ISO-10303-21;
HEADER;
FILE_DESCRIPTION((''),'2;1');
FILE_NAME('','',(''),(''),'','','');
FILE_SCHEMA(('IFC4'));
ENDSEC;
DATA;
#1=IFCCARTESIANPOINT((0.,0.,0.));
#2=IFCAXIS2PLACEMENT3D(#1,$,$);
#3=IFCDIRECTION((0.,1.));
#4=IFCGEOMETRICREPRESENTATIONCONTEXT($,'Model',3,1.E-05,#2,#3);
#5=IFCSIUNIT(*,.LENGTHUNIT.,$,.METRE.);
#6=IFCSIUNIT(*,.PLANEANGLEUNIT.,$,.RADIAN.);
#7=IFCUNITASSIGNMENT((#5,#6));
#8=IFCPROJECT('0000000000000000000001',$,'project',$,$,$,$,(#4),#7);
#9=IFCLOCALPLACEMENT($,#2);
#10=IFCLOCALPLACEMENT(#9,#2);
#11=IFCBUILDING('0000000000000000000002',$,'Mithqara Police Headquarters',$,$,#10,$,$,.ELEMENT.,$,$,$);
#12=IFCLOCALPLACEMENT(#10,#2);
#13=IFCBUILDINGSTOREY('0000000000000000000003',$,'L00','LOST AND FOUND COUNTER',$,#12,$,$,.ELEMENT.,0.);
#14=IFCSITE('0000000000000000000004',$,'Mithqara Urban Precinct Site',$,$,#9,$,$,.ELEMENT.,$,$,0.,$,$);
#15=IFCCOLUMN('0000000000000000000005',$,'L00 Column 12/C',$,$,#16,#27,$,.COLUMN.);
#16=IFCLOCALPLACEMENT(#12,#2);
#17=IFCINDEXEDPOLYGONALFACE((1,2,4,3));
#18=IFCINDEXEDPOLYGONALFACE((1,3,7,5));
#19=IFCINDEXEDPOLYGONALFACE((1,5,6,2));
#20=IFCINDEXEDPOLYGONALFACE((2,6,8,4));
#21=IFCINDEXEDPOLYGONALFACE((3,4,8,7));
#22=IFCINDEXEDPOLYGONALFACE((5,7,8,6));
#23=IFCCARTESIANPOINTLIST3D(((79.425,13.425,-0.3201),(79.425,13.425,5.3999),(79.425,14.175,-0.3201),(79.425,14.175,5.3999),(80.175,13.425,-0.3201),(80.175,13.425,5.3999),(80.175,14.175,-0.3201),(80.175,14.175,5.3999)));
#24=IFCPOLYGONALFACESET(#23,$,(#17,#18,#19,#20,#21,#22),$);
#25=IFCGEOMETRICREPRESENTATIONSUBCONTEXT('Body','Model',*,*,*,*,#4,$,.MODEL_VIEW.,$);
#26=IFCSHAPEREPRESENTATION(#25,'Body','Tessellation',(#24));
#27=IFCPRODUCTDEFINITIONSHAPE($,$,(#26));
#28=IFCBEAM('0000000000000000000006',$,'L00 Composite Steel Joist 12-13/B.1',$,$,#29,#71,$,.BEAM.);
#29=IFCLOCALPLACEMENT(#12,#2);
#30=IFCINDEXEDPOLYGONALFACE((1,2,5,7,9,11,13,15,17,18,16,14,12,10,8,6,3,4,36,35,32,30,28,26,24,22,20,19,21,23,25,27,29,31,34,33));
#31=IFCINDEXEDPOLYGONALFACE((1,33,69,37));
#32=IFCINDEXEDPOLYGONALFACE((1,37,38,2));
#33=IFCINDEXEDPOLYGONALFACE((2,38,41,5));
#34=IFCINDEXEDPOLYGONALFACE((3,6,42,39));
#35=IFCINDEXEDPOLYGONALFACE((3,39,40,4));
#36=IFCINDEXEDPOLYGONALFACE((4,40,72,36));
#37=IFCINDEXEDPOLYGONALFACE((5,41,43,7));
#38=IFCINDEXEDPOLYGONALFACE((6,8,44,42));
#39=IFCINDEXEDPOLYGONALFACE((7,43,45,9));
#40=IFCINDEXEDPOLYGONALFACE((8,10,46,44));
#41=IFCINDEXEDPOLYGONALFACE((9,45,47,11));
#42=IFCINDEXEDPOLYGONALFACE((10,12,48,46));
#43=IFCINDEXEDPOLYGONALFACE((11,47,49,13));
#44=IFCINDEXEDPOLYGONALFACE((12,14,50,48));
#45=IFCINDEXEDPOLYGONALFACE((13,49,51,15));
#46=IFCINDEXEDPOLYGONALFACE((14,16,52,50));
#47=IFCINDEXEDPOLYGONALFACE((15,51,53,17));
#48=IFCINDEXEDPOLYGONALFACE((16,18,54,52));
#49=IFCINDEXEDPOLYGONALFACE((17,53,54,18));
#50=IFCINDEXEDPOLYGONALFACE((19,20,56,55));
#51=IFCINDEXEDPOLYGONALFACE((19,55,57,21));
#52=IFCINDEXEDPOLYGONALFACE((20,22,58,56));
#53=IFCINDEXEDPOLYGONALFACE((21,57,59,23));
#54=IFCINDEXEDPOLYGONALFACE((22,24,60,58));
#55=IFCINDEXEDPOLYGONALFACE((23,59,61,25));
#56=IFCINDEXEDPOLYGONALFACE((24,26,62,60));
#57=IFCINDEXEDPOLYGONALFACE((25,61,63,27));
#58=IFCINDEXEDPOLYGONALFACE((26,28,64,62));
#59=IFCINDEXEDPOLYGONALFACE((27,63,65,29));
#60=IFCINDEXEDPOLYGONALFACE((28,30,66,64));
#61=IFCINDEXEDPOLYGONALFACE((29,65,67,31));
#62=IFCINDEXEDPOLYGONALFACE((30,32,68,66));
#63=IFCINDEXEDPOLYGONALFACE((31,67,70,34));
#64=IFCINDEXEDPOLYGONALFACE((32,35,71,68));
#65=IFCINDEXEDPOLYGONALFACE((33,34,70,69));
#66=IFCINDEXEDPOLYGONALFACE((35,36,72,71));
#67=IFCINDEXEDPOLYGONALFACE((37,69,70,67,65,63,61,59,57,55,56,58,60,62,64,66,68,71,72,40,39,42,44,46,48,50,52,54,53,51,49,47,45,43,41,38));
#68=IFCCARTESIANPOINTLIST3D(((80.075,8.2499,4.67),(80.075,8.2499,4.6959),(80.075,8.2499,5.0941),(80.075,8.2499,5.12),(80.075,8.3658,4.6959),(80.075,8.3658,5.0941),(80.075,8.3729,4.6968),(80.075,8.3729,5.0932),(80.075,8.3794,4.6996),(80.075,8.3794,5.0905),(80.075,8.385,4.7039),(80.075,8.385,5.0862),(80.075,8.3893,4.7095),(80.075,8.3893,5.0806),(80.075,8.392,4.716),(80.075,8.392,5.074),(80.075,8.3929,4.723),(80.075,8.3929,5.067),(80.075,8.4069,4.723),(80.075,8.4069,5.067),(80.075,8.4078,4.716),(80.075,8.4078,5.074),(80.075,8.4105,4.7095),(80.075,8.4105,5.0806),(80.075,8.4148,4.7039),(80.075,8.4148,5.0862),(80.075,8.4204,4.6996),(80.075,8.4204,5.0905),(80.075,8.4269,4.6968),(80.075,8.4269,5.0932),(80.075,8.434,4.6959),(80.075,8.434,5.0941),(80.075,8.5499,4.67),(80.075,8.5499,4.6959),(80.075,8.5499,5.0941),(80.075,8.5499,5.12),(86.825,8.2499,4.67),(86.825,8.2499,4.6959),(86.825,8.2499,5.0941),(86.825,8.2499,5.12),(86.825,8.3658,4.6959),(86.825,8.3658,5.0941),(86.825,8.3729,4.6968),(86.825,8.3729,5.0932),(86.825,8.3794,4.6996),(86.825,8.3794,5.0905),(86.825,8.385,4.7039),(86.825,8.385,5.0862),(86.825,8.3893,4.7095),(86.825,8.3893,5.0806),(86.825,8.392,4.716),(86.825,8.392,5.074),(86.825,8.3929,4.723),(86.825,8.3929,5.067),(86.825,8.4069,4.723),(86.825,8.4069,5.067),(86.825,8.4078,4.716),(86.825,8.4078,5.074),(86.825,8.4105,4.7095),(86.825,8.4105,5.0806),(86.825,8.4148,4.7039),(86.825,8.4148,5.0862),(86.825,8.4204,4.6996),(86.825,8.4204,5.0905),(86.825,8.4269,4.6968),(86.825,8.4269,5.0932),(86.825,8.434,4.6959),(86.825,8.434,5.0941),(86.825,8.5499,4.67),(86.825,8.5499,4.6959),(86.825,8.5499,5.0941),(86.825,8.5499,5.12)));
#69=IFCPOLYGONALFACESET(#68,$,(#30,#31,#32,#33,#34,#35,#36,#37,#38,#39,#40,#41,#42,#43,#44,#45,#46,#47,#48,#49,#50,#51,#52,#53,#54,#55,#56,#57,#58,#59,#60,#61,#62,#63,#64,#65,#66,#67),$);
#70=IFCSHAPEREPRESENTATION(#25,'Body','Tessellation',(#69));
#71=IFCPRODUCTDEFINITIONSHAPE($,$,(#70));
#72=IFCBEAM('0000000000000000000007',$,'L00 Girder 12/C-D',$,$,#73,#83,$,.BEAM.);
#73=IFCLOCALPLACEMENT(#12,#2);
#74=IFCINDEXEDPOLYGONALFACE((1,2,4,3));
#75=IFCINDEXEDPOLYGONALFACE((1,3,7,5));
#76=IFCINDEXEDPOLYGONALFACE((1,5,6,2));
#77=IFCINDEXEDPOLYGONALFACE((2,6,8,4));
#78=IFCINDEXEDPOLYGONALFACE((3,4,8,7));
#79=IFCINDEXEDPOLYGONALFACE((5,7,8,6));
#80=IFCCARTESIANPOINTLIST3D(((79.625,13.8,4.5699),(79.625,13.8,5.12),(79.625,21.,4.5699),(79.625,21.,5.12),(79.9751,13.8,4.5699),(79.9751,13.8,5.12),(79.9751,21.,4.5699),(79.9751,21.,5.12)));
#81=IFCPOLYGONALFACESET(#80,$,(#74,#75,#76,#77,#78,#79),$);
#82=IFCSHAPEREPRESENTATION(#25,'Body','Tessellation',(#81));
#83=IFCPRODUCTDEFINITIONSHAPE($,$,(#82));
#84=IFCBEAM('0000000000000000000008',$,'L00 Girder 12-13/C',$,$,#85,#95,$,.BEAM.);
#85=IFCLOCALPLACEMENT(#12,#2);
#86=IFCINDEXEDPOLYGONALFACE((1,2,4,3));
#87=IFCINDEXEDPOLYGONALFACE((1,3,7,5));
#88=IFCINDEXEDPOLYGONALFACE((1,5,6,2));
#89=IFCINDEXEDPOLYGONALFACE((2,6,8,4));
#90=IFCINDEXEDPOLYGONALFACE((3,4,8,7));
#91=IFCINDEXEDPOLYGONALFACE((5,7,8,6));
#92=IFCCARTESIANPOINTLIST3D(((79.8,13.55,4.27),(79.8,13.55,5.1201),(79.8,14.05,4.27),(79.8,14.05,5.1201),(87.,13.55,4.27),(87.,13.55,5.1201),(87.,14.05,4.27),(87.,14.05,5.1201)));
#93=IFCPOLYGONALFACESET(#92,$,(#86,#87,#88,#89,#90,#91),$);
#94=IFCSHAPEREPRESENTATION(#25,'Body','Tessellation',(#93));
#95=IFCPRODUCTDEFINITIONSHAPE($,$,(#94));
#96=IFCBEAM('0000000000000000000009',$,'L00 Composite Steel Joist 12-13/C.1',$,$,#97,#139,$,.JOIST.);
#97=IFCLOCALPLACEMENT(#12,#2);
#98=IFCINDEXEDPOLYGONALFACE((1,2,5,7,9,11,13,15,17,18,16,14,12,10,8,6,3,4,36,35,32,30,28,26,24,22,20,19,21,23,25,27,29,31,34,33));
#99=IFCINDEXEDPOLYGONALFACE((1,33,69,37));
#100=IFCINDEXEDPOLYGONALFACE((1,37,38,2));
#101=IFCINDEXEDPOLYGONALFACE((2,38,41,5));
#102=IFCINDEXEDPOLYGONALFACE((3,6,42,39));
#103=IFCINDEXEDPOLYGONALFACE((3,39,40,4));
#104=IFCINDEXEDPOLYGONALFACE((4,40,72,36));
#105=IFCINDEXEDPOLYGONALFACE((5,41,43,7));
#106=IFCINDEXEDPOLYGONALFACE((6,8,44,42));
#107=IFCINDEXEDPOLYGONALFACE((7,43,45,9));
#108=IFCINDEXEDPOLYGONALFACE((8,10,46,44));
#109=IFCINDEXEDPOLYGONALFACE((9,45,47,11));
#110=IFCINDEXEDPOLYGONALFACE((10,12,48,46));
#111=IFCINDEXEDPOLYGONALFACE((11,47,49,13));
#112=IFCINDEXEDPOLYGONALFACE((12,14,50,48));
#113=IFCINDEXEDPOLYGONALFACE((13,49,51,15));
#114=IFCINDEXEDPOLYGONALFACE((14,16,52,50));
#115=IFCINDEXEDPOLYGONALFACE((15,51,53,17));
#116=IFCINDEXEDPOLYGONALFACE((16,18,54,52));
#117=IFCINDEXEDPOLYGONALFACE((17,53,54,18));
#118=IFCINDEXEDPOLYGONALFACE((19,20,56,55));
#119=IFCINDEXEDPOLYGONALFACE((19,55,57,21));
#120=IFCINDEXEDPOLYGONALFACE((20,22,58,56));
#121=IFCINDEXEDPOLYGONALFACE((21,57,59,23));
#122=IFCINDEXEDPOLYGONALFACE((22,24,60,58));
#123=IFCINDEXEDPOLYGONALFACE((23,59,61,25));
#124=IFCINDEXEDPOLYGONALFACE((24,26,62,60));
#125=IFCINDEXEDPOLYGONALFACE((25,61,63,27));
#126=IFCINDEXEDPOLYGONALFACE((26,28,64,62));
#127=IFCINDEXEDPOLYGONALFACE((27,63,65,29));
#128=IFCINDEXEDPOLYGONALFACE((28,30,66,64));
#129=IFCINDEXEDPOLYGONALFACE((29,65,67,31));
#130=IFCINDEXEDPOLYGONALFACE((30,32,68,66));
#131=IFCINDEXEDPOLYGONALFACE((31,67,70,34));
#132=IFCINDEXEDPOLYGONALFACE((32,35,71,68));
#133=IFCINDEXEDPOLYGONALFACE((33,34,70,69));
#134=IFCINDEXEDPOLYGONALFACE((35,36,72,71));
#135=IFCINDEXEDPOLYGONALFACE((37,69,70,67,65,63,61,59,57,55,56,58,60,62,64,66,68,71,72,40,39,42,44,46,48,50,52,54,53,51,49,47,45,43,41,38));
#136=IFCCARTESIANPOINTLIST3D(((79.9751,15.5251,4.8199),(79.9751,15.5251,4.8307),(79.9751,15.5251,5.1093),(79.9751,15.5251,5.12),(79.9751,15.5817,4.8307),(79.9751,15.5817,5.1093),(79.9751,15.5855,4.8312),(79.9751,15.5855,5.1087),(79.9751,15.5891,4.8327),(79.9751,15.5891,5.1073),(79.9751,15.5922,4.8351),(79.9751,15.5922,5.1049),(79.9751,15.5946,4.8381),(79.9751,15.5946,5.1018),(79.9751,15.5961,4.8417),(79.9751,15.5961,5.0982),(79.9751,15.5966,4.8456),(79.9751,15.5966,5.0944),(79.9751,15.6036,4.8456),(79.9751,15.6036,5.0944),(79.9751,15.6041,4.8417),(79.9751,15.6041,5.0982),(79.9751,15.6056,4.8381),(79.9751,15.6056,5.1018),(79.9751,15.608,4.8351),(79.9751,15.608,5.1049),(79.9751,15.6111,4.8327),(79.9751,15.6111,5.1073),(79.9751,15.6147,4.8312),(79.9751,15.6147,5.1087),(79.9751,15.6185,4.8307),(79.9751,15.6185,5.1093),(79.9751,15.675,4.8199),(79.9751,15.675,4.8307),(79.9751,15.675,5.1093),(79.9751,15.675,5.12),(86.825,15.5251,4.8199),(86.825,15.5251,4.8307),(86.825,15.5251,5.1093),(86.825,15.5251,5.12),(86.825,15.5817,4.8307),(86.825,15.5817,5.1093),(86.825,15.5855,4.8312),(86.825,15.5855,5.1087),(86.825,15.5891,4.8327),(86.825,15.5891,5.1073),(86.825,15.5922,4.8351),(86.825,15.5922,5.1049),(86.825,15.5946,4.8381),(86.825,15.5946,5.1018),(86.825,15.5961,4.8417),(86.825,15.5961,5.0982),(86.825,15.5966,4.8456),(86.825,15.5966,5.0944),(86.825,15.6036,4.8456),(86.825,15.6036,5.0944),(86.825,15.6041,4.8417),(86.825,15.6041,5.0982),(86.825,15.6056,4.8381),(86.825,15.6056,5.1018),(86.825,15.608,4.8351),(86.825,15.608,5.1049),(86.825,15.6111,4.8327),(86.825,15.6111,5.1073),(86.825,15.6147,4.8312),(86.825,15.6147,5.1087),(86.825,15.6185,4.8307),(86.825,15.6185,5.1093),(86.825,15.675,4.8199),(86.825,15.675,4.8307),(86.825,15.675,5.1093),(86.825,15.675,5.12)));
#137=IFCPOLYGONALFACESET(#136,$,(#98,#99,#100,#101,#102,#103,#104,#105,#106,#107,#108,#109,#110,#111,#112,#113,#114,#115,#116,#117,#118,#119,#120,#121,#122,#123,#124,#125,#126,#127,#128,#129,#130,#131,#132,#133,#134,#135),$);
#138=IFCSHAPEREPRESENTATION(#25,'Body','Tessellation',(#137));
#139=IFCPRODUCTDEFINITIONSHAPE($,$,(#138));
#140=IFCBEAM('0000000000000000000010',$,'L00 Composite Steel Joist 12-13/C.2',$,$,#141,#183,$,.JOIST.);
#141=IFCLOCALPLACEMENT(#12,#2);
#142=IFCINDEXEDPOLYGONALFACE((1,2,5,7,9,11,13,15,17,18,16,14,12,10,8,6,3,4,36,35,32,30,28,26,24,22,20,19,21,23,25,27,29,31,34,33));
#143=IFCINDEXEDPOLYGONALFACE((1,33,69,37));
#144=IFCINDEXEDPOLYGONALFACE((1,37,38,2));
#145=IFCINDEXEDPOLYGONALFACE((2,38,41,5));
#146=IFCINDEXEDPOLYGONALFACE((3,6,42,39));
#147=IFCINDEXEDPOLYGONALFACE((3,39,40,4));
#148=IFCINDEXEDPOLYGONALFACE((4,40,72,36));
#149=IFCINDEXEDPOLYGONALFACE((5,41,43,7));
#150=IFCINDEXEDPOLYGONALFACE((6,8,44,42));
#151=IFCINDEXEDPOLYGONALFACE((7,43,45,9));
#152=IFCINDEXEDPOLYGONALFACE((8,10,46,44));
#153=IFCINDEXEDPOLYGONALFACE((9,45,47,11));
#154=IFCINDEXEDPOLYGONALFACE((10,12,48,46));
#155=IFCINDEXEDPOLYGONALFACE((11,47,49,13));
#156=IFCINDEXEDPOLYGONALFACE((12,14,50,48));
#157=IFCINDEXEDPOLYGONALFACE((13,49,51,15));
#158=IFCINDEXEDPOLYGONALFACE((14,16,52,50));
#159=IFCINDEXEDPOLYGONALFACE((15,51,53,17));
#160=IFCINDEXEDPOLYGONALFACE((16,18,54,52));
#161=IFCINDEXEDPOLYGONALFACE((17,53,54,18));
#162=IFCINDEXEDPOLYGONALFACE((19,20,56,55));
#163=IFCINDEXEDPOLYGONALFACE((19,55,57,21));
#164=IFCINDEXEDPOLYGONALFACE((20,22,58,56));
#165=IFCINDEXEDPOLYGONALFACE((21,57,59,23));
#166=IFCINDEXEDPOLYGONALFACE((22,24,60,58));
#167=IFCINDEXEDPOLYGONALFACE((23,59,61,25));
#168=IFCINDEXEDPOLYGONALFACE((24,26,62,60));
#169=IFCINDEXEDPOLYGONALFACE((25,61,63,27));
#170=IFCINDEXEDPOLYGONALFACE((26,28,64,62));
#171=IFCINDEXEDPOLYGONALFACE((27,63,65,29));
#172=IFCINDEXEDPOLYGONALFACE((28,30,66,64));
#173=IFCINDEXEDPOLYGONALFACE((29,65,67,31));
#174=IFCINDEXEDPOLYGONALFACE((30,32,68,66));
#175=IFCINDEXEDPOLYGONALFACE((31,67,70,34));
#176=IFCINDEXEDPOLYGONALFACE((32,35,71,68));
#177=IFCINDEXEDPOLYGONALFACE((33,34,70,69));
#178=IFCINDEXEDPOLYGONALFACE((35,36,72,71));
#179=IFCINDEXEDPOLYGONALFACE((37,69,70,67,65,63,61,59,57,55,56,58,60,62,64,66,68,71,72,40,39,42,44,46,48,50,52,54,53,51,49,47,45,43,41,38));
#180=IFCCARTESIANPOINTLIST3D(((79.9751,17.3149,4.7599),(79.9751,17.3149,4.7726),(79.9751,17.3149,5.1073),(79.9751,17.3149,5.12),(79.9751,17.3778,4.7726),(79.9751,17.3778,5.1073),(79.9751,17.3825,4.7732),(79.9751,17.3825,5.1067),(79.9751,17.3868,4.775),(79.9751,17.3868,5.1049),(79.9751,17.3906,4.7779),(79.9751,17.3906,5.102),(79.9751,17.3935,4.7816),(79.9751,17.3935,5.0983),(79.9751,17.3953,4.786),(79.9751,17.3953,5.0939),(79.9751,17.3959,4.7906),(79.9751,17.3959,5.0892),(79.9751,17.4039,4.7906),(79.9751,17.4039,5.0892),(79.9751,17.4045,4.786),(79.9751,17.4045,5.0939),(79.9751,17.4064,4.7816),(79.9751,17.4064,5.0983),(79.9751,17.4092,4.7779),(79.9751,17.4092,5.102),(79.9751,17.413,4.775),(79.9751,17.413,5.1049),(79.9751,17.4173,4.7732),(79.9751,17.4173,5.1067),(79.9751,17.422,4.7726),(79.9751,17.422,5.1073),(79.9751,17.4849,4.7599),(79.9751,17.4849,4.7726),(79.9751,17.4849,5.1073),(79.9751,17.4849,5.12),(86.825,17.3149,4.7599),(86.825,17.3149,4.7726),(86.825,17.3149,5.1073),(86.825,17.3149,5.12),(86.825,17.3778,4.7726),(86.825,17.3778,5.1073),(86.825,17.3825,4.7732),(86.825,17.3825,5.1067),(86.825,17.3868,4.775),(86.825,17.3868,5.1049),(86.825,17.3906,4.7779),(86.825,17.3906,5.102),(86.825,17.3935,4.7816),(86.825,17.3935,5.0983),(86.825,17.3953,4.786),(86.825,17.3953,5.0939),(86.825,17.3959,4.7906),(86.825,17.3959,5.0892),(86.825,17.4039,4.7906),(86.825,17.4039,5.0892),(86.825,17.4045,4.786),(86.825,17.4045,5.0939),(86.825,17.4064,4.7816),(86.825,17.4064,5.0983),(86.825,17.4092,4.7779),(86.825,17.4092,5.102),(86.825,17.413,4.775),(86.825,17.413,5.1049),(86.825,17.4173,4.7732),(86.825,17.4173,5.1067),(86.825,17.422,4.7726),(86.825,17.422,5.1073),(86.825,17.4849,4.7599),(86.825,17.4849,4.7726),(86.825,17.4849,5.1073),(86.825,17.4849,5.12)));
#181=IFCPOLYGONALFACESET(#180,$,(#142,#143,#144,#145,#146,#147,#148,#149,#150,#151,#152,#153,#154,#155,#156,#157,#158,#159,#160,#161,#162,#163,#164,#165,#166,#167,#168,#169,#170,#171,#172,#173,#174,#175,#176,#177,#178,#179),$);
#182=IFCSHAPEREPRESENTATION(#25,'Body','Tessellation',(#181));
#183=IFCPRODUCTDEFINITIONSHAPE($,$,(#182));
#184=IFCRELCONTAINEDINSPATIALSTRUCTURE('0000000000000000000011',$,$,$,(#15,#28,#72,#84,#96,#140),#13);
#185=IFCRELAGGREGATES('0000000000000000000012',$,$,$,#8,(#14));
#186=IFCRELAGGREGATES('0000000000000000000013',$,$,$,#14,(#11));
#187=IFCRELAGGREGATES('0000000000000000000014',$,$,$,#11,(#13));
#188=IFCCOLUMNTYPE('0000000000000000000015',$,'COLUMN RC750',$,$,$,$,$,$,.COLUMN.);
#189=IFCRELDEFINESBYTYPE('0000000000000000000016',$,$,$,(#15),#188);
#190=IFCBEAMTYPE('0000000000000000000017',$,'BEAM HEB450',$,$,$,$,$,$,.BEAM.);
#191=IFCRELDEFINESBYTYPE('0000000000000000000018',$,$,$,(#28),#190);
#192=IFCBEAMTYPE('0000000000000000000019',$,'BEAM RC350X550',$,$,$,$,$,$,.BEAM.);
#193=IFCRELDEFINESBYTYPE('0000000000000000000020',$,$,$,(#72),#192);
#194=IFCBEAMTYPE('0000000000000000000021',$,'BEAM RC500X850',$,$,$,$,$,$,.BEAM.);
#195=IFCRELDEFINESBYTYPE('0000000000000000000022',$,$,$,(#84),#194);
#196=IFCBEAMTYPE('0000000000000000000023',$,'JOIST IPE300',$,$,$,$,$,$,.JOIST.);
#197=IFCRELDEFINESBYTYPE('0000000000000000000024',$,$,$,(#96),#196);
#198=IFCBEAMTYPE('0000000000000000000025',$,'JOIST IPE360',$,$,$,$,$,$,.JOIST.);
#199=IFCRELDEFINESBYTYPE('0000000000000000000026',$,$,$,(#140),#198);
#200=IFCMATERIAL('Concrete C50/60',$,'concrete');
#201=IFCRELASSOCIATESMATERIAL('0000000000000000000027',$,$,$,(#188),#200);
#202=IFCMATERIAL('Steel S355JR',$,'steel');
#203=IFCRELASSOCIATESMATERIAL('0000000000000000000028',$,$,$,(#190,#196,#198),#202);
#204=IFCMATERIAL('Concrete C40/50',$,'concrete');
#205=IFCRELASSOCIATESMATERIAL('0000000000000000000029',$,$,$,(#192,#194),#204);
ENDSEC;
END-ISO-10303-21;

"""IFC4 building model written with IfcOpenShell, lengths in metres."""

from ifc_helpers import new_model, si_unit, direction, frame, origin, origin_2d, place, context, subcontext, project, spatial, rectangle, i_section, extrude, material, material_profile, profile_set, type_object, element, save


model = new_model("IFC4")

# Units and contexts
model_context = context("Model", 3, precision=1e-05, world=origin(), true_north=direction((0.0, 1.0)))
body_context = subcontext(model_context, "Body", "Model", "MODEL_VIEW")
ifc_project = project(units=[si_unit("LENGTHUNIT", "METRE"), si_unit("PLANEANGLEUNIT", "RADIAN")], contexts=[model_context])

# Site, building, storey
site_placement = place(None, origin())
site = spatial("IfcSite", under=ifc_project, at=site_placement, Name="Mithqara Urban Precinct Site", CompositionType="ELEMENT", RefElevation=0.0)
building_placement = place(site_placement, origin())
building = spatial("IfcBuilding", under=site, at=building_placement, Name="Mithqara Police Headquarters", CompositionType="ELEMENT")
storey_placement = place(building_placement, origin())
storey = spatial("IfcBuildingStorey", under=building, at=storey_placement, Name="L00", Description="LOST AND FOUND COUNTER", CompositionType="ELEMENT", Elevation=0.0)

# Shared definitions
ifc_material_1 = material(Name="Concrete C40/50", Category="concrete")

# Column
ifc_material_2 = material(Name="Concrete C50/60", Category="concrete")
ifc_material_profile_1 = material_profile(ifc_material_2, rectangle(XDim=0.75, YDim=0.75, at=origin_2d()), Name="RC 750x750")
ifc_profile_set_1 = profile_set([ifc_material_profile_1], Name="Concrete C50/60")
column_type = type_object("IfcColumnType", Name="COLUMN RC750", PredefinedType="COLUMN", material=ifc_profile_set_1)
column_placement = place(storey_placement, frame((79.8, 13.8, -0.3201), z_axis=(0.0, 0.0, 1.0), x_axis=(1.0, 0.0, 0.0)))
element("IfcColumn", 1, at=column_placement, inside=storey, type_object=column_type, Name="L00 Column 12/C", PredefinedType="COLUMN", context=body_context, shape_type="SweptSolid", body=[
    extrude(rectangle(XDim=0.75, YDim=0.75, at=origin_2d()), origin(), (0.0, 0.0, 1.0), 5.72),
])

# Beams
ifc_material_3 = material(Name="Steel S355JR", Category="steel")
ifc_material_profile_2 = material_profile(ifc_material_3, i_section(OverallWidth=0.3, OverallDepth=0.45, WebThickness=0.0139, FlangeThickness=0.0259, FilletRadius=0.0271, at=origin_2d()), Name="HEB 450")
ifc_profile_set_2 = profile_set([ifc_material_profile_2], Name="Steel S355JR")
beam_type_1 = type_object("IfcBeamType", Name="BEAM HEB450", PredefinedType="BEAM", material=ifc_profile_set_2)
beam_1_placement = place(storey_placement, frame((80.075, 8.3999, 4.895), z_axis=(1.0, 0.0, 0.0), x_axis=(0.0, 1.0, 0.0)))
element("IfcBeam", 2, at=beam_1_placement, inside=storey, type_object=beam_type_1, Name="L00 Composite Steel Joist 12-13/B.1", PredefinedType="BEAM", context=body_context, shape_type="SweptSolid", body=[
    extrude(i_section(OverallWidth=0.3, OverallDepth=0.45, WebThickness=0.0139, FlangeThickness=0.0259, FilletRadius=0.0271, at=origin_2d()), origin(), (0.0, 0.0, 1.0), 6.75),
])
ifc_material_profile_3 = material_profile(ifc_material_1, rectangle(XDim=0.3501, YDim=0.55, at=origin_2d()), Name="RC 350x550")
ifc_profile_set_3 = profile_set([ifc_material_profile_3], Name="Concrete C40/50")
beam_type_2 = type_object("IfcBeamType", Name="BEAM RC350X550", PredefinedType="BEAM", material=ifc_profile_set_3)
beam_2_placement = place(storey_placement, frame((79.8, 13.8, 4.845), z_axis=(0.0, 1.0, 0.0), x_axis=(-1.0, 0.0, 0.0)))
element("IfcBeam", 3, at=beam_2_placement, inside=storey, type_object=beam_type_2, Name="L00 Girder 12/C-D", PredefinedType="BEAM", context=body_context, shape_type="SweptSolid", body=[
    extrude(rectangle(XDim=0.3501, YDim=0.55, at=origin_2d()), origin(), (0.0, 0.0, 1.0), 7.2),
])
ifc_material_profile_4 = material_profile(ifc_material_1, rectangle(XDim=0.5, YDim=0.8501, at=origin_2d()), Name="RC 500x850")
ifc_profile_set_4 = profile_set([ifc_material_profile_4], Name="Concrete C40/50")
beam_type_3 = type_object("IfcBeamType", Name="BEAM RC500X850", PredefinedType="BEAM", material=ifc_profile_set_4)
beam_3_placement = place(storey_placement, frame((79.8, 13.8, 4.6951), z_axis=(1.0, 0.0, 0.0), x_axis=(0.0, 1.0, 0.0)))
element("IfcBeam", 4, at=beam_3_placement, inside=storey, type_object=beam_type_3, Name="L00 Girder 12-13/C", PredefinedType="BEAM", context=body_context, shape_type="SweptSolid", body=[
    extrude(rectangle(XDim=0.5, YDim=0.8501, at=origin_2d()), origin(), (0.0, 0.0, 1.0), 7.2),
])
ifc_material_profile_5 = material_profile(ifc_material_3, i_section(OverallWidth=0.1499, OverallDepth=0.3, WebThickness=0.0071, FlangeThickness=0.0107, FilletRadius=0.0149, at=origin_2d()), Name="IPE 300")
ifc_profile_set_5 = profile_set([ifc_material_profile_5], Name="Steel S355JR")
beam_type_4 = type_object("IfcBeamType", Name="JOIST IPE300", PredefinedType="JOIST", material=ifc_profile_set_5)
beam_4_placement = place(storey_placement, frame((79.9751, 15.6001, 4.97), z_axis=(1.0, 0.0, 0.0), x_axis=(0.0, 1.0, 0.0)))
element("IfcBeam", 5, at=beam_4_placement, inside=storey, type_object=beam_type_4, Name="L00 Composite Steel Joist 12-13/C.1", PredefinedType="JOIST", context=body_context, shape_type="SweptSolid", body=[
    extrude(i_section(OverallWidth=0.1499, OverallDepth=0.3, WebThickness=0.0071, FlangeThickness=0.0107, FilletRadius=0.0149, at=origin_2d()), origin(), (0.0, 0.0, 1.0), 6.8499),
])
ifc_material_profile_6 = material_profile(ifc_material_3, i_section(OverallWidth=0.1699, OverallDepth=0.3601, WebThickness=0.0081, FlangeThickness=0.0127, FilletRadius=0.0181, at=origin_2d()), Name="IPE 360")
ifc_profile_set_6 = profile_set([ifc_material_profile_6], Name="Steel S355JR")
beam_type_5 = type_object("IfcBeamType", Name="JOIST IPE360", PredefinedType="JOIST", material=ifc_profile_set_6)
beam_5_placement = place(storey_placement, frame((79.9751, 17.3999, 4.9399), z_axis=(1.0, 0.0, 0.0), x_axis=(0.0, 1.0, 0.0)))
element("IfcBeam", 6, at=beam_5_placement, inside=storey, type_object=beam_type_5, Name="L00 Composite Steel Joist 12-13/C.2", PredefinedType="JOIST", context=body_context, shape_type="SweptSolid", body=[
    extrude(i_section(OverallWidth=0.1699, OverallDepth=0.3601, WebThickness=0.0081, FlangeThickness=0.0127, FilletRadius=0.0181, at=origin_2d()), origin(), (0.0, 0.0, 1.0), 6.8499),
])

save(model, "model.ifc")
